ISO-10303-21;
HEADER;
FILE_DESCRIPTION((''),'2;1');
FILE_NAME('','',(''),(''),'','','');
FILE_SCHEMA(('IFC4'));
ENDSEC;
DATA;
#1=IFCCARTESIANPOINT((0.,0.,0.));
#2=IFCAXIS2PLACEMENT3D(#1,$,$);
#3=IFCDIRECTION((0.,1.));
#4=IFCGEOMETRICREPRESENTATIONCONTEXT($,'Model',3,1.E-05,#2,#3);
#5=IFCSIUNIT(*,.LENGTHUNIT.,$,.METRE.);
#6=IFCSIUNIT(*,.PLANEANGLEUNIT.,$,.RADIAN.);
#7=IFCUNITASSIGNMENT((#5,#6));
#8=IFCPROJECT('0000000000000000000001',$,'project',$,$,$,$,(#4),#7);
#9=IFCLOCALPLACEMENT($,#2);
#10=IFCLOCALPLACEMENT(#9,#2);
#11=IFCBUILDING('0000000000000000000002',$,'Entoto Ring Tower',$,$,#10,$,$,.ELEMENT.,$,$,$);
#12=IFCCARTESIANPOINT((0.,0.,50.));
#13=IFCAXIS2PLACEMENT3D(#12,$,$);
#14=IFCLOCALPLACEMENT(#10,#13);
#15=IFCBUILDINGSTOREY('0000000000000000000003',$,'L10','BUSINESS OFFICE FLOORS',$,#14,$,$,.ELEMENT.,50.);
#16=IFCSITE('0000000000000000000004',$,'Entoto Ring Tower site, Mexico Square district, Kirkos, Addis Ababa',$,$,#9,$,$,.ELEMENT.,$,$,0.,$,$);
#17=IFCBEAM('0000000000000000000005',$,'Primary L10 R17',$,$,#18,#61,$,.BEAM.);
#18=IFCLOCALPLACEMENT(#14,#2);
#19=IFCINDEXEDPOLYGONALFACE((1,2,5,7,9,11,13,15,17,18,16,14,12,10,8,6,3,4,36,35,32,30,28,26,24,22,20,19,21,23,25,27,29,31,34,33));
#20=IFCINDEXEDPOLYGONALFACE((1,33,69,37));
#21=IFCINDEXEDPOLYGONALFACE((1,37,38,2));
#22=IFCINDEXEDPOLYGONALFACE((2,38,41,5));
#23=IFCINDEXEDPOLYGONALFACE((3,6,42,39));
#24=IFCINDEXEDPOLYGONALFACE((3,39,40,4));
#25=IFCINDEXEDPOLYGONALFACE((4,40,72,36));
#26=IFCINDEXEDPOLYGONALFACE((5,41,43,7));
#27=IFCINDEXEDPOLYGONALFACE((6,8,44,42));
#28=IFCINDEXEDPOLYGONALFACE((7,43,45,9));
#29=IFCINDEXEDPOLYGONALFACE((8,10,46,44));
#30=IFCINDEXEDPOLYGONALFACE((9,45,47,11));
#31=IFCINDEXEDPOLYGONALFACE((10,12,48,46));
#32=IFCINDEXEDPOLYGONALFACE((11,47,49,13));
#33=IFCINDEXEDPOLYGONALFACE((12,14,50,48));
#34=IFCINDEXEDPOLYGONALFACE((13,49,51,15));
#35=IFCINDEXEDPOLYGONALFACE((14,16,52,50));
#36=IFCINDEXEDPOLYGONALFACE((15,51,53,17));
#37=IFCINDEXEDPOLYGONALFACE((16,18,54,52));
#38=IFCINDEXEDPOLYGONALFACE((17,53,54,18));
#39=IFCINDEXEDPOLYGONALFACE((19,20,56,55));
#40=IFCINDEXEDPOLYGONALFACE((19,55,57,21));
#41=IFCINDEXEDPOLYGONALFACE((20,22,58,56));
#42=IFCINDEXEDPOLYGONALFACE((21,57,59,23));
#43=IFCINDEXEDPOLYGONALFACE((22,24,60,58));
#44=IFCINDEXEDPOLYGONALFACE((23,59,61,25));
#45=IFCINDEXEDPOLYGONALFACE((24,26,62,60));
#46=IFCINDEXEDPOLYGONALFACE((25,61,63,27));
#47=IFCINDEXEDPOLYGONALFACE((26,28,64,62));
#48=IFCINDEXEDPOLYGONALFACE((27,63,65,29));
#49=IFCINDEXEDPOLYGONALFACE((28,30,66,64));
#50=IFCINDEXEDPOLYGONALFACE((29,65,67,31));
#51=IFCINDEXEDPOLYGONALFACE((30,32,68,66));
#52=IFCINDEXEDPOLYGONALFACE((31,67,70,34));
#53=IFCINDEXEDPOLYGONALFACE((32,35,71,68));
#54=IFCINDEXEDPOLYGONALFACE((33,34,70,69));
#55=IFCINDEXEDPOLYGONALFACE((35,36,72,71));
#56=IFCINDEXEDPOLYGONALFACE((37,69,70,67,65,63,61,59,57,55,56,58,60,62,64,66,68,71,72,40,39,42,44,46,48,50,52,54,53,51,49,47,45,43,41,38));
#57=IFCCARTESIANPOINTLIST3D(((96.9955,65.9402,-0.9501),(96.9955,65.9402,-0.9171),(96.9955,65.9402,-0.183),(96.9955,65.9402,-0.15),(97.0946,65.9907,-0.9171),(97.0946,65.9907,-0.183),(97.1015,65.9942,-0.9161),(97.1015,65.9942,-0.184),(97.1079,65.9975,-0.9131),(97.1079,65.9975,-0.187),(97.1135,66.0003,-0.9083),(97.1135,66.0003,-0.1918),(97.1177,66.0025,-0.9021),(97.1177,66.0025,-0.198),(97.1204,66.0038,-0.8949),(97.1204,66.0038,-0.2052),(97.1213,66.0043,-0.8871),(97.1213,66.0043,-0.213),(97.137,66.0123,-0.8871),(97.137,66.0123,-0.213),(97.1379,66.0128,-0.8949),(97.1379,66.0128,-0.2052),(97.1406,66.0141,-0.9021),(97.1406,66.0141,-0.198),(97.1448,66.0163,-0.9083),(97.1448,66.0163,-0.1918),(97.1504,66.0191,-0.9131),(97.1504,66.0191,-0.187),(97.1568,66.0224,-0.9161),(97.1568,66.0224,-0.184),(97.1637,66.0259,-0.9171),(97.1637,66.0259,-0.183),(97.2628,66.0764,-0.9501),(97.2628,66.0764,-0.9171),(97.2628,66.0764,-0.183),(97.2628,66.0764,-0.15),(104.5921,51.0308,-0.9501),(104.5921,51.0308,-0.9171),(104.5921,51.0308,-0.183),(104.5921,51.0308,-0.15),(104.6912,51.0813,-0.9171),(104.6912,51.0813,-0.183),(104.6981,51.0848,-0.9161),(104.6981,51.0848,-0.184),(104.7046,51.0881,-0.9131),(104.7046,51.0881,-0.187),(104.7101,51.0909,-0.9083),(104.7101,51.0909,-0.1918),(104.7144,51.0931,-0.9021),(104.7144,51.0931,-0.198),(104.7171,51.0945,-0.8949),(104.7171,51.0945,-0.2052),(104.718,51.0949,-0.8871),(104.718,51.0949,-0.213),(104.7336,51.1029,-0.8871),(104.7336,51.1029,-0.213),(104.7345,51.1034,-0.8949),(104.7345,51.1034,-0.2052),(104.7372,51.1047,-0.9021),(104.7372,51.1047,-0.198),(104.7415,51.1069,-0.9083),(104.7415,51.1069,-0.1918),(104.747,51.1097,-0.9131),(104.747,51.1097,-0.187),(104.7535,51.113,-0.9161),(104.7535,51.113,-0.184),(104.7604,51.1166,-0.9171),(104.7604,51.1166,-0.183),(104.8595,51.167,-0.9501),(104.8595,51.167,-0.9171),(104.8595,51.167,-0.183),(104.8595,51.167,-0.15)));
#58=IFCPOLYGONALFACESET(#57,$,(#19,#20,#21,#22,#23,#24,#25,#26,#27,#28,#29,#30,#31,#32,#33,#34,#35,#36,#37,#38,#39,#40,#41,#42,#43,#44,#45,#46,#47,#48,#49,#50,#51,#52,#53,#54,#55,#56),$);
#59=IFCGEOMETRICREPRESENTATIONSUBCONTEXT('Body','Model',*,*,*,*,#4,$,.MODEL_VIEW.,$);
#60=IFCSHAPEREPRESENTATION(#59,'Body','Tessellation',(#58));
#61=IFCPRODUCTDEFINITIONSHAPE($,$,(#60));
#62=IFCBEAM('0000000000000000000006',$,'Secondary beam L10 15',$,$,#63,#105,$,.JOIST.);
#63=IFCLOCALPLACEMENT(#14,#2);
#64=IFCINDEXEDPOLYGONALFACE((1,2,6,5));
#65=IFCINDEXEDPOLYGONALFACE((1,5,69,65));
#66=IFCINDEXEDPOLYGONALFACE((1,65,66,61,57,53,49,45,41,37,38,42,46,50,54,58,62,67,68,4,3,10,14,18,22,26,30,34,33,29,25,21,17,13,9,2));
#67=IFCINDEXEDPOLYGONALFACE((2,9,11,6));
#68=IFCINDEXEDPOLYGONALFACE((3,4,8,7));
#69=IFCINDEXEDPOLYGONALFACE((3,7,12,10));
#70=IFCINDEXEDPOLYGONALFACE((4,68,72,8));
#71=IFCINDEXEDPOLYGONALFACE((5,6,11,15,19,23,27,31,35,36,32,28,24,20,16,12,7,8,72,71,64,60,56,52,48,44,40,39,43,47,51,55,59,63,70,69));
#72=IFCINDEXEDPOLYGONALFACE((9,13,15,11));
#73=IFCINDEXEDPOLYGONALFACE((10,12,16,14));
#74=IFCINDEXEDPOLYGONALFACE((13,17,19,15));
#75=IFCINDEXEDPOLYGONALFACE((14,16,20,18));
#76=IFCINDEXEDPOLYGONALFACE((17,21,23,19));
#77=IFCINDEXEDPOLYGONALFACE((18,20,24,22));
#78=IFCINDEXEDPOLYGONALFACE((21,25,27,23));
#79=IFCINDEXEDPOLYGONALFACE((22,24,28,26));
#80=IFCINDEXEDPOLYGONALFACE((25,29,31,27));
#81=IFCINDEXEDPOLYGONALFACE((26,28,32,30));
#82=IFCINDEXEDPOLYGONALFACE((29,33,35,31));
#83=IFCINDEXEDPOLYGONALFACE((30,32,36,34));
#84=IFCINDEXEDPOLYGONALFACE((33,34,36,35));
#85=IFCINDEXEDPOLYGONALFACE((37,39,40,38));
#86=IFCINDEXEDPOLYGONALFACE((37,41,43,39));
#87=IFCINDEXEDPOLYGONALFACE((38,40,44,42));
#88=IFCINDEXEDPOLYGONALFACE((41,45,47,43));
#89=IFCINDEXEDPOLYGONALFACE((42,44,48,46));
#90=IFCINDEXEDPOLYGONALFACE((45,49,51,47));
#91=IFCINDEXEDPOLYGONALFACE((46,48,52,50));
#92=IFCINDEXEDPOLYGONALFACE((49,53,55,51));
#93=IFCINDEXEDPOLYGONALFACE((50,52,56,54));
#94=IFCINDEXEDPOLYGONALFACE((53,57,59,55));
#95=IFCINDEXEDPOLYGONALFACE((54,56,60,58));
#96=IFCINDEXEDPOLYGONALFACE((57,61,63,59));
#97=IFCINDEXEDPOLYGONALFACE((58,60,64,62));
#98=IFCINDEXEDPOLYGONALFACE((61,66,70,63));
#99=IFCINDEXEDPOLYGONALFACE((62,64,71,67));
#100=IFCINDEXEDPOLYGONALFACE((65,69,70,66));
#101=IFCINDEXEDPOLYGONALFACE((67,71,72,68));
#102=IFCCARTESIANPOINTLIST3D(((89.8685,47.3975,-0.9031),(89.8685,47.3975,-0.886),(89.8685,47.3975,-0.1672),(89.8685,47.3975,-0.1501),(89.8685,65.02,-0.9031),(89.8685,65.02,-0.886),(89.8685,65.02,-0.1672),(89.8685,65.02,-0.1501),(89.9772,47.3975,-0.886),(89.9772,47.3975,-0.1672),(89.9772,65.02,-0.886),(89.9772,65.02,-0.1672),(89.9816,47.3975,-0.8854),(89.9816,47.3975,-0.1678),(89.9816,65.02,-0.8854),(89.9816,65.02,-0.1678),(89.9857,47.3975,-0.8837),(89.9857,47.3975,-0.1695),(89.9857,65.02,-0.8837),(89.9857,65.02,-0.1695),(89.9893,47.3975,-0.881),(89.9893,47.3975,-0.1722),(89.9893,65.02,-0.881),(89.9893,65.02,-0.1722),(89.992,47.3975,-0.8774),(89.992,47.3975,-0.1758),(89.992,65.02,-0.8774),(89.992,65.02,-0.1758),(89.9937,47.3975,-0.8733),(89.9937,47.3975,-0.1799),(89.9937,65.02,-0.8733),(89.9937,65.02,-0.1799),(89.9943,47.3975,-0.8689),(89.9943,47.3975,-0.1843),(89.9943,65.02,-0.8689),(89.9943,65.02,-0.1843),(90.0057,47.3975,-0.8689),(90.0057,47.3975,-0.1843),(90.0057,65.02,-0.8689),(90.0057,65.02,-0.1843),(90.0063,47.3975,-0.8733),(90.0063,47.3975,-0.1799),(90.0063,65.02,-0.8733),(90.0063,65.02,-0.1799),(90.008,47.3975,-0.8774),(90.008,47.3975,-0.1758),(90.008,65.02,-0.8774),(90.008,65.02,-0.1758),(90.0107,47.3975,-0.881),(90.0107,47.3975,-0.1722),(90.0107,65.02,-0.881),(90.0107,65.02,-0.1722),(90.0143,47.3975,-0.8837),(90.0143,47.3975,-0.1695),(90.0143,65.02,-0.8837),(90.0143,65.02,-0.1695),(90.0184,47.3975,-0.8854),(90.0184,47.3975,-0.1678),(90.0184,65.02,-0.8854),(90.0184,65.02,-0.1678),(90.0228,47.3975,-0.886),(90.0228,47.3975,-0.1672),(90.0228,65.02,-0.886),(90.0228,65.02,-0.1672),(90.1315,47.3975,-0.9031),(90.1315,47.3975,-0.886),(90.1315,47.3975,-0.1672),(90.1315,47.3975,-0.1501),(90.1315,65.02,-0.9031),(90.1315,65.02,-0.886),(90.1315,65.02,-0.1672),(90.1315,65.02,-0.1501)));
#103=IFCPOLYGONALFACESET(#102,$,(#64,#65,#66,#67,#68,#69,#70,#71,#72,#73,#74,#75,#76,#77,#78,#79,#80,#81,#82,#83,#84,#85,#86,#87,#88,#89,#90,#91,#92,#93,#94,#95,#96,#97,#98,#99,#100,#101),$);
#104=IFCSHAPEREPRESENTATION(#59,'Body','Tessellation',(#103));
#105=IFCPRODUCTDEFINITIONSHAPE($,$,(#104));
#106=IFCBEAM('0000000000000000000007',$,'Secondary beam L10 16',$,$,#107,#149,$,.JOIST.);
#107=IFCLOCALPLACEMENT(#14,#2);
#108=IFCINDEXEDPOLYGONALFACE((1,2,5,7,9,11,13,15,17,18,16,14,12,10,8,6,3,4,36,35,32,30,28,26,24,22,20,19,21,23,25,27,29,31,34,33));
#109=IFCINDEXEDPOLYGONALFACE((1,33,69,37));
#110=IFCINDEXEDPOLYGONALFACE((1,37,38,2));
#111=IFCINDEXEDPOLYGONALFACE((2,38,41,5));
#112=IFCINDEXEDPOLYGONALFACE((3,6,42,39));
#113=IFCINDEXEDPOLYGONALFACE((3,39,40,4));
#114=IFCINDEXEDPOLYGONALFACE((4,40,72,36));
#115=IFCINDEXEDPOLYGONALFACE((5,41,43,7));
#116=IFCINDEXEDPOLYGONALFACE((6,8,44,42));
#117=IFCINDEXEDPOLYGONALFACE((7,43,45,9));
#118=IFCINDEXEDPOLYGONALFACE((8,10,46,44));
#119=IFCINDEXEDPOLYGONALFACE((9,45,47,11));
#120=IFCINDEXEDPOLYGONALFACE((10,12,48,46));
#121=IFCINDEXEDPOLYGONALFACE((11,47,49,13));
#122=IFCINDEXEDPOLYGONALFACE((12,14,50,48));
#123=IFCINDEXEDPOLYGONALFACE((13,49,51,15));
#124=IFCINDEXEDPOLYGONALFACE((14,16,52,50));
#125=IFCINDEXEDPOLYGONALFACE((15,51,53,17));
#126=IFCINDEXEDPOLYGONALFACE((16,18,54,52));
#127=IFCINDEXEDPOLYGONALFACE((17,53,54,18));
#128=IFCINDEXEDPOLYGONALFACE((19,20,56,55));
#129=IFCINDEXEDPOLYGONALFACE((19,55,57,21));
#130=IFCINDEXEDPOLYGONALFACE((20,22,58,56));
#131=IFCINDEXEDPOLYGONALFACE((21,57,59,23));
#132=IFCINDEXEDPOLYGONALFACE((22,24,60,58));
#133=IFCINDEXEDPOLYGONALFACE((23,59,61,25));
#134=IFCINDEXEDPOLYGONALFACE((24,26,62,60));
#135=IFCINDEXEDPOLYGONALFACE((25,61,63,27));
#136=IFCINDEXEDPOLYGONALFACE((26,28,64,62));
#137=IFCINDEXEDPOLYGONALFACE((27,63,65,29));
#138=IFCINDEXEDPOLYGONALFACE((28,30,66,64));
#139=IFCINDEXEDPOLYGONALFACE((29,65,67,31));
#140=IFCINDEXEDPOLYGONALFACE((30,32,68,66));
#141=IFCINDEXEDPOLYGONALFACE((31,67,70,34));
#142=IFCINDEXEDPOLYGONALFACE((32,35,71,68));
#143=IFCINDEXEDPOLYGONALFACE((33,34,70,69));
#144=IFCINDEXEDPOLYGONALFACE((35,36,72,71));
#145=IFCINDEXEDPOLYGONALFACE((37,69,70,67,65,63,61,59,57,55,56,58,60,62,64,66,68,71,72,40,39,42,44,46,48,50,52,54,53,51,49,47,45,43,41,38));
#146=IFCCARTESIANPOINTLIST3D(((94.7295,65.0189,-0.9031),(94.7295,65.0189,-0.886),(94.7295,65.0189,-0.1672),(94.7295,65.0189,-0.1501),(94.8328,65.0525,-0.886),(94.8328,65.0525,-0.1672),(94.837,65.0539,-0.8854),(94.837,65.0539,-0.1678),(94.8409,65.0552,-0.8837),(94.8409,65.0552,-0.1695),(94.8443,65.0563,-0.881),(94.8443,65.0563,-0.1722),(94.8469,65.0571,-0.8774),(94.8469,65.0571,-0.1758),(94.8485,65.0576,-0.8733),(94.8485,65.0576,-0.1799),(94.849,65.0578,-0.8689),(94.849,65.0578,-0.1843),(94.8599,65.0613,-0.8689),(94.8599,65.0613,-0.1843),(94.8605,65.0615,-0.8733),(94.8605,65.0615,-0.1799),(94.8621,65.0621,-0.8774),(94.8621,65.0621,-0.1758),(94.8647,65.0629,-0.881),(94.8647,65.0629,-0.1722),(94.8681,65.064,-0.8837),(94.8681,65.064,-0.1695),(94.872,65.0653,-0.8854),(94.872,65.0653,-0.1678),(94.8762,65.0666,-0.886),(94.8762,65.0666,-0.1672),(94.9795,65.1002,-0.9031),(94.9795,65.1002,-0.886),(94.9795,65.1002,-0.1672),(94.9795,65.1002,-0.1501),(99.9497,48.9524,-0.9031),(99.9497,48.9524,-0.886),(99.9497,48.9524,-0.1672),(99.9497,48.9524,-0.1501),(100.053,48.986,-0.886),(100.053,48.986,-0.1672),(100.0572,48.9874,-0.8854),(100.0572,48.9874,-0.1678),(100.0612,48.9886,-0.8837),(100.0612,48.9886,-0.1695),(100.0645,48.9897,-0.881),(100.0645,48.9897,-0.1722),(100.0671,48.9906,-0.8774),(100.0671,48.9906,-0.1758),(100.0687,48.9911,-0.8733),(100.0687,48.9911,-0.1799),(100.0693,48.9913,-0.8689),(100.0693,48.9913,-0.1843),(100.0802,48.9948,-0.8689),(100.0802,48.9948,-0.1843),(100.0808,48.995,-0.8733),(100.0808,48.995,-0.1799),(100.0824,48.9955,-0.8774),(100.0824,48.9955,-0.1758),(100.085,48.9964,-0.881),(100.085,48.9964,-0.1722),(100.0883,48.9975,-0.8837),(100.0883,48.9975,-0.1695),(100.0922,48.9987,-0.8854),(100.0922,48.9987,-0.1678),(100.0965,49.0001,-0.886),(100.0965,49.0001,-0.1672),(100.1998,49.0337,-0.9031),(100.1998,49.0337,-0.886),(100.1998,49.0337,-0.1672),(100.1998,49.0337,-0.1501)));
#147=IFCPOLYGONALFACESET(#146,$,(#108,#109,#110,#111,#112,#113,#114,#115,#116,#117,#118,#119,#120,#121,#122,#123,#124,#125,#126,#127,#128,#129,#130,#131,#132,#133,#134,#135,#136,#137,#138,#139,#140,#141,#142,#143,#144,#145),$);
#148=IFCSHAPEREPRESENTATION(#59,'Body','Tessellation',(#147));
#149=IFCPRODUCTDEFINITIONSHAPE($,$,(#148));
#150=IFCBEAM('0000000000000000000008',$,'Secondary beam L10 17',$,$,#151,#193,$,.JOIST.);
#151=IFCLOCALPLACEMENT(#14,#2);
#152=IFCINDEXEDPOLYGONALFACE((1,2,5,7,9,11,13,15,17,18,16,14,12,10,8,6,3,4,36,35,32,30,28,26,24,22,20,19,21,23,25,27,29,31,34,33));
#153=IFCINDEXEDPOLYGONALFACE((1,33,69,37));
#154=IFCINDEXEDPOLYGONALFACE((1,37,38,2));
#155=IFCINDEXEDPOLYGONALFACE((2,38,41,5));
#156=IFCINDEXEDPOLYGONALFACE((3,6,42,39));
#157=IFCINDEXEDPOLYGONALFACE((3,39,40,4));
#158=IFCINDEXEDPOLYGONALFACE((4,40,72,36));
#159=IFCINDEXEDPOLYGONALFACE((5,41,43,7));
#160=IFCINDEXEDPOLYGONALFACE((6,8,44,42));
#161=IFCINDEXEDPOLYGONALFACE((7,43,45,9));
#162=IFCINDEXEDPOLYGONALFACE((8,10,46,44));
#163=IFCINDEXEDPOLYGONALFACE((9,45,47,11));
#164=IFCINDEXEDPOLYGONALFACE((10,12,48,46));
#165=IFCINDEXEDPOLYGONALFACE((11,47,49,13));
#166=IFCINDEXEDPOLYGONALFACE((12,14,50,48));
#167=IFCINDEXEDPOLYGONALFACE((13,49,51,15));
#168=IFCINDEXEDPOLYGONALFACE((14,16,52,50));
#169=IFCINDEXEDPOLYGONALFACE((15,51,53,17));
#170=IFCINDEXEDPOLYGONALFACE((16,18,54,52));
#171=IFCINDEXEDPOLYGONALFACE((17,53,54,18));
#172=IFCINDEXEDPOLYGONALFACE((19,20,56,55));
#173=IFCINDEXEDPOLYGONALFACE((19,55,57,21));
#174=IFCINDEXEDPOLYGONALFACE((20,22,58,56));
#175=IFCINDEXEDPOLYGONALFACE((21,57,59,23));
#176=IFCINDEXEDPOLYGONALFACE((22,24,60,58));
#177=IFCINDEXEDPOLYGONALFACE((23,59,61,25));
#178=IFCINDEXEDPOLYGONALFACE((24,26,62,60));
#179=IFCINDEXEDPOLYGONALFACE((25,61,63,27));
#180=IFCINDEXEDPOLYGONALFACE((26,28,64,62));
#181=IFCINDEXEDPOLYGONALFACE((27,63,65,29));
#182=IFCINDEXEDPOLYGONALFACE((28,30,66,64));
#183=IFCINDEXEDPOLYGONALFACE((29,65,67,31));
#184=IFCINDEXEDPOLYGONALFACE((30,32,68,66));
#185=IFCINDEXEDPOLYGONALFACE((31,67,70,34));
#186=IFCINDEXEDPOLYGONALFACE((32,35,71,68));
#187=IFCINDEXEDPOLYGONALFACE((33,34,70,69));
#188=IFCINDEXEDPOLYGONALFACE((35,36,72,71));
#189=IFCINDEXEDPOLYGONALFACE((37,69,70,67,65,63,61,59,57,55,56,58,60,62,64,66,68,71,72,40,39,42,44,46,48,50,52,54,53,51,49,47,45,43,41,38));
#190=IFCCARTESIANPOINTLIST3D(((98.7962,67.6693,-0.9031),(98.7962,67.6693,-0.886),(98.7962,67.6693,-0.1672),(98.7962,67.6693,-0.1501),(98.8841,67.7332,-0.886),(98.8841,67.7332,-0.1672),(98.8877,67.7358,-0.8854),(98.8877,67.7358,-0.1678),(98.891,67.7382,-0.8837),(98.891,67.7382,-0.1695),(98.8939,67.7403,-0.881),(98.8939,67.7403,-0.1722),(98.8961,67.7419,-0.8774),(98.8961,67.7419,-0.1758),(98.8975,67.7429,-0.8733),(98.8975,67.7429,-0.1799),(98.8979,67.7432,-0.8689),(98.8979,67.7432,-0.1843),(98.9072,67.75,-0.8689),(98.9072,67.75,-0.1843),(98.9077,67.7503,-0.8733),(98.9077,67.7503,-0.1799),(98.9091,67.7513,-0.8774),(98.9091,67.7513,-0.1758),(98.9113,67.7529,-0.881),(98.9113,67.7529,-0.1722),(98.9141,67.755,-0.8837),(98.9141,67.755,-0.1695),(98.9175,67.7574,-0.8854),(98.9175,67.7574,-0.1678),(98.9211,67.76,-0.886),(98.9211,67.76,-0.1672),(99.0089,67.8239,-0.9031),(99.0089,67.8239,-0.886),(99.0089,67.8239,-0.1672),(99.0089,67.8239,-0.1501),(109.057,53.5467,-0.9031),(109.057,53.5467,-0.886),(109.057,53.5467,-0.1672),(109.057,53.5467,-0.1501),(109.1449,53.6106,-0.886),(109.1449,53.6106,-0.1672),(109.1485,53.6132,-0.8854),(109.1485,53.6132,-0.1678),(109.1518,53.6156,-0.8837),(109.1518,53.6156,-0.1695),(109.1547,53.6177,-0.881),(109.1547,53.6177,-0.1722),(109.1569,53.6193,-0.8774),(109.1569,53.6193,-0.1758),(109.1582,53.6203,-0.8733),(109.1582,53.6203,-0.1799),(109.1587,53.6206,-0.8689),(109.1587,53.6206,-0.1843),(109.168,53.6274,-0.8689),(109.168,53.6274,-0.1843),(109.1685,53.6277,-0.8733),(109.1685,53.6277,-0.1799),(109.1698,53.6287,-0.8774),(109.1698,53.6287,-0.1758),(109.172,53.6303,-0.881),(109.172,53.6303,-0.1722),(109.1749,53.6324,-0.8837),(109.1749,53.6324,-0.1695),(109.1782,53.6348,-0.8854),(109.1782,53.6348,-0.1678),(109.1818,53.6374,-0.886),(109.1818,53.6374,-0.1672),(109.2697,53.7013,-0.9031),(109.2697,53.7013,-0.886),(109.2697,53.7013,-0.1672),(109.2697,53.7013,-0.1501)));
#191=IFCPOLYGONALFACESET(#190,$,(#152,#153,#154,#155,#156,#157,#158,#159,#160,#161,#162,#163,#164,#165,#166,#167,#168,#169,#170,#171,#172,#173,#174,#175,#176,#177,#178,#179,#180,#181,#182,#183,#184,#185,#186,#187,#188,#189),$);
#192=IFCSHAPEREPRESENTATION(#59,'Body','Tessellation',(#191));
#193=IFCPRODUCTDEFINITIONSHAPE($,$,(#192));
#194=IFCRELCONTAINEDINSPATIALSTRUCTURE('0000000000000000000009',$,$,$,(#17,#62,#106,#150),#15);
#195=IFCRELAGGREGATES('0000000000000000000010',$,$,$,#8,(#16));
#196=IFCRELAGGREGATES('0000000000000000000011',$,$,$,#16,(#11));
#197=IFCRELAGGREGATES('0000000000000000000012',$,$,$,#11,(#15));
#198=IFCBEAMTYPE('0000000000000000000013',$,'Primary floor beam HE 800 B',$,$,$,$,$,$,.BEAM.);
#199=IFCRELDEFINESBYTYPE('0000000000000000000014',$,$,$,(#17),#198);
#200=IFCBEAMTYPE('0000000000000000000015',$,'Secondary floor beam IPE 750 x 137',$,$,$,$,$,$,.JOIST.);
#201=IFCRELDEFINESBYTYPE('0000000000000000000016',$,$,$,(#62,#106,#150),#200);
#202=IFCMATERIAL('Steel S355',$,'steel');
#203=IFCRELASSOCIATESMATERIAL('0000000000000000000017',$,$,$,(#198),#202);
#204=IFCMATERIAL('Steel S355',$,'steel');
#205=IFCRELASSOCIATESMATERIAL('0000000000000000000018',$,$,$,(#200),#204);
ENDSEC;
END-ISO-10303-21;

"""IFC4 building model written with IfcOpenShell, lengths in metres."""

from ifc_helpers import new_model, si_unit, direction, frame, origin, origin_2d, place, context, subcontext, project, spatial, i_section, extrude, material, material_profile, profile_set, type_object, element, save


model = new_model("IFC4")

# Units and contexts
model_context = context("Model", 3, precision=1e-05, world=origin(), true_north=direction((0.0, 1.0)))
body_context = subcontext(model_context, "Body", "Model", "MODEL_VIEW")
ifc_project = project(units=[si_unit("LENGTHUNIT", "METRE"), si_unit("PLANEANGLEUNIT", "RADIAN")], contexts=[model_context])

# Site, building, storey
site_placement = place(None, origin())
site = spatial("IfcSite", under=ifc_project, at=site_placement, Name="Entoto Ring Tower site, Mexico Square district, Kirkos, Addis Ababa", CompositionType="ELEMENT", RefElevation=0.0)
building_placement = place(site_placement, origin())
building = spatial("IfcBuilding", under=site, at=building_placement, Name="Entoto Ring Tower", CompositionType="ELEMENT")
storey_placement = place(building_placement, frame((0.0, 0.0, 50.0)))
storey = spatial("IfcBuildingStorey", under=building, at=storey_placement, Name="L10", Description="BUSINESS OFFICE FLOORS", CompositionType="ELEMENT", Elevation=50.0)

# Beams
ifc_material_1 = material(Name="Steel S355", Category="steel")
ifc_material_profile_1 = material_profile(ifc_material_1, i_section(OverallWidth=0.3, OverallDepth=0.8, WebThickness=0.0176, FlangeThickness=0.033, FilletRadius=0.03, at=origin_2d()), Name="HE 800 B")
ifc_profile_set_1 = profile_set([ifc_material_profile_1], Name="Steel S355")
beam_type_1 = type_object("IfcBeamType", Name="Primary floor beam HE 800 B", PredefinedType="BEAM", material=ifc_profile_set_1)
beam_1_placement = place(storey_placement, frame((97.1292, 66.0083, -0.55), z_axis=(0.453988, -0.891008, 0.0), x_axis=(0.891008, 0.453988, 0.0)))
element("IfcBeam", 1, at=beam_1_placement, inside=storey, type_object=beam_type_1, Name="Primary L10 R17", PredefinedType="BEAM", context=body_context, shape_type="SweptSolid", body=[
    extrude(i_section(OverallWidth=0.3, OverallDepth=0.8, WebThickness=0.0176, FlangeThickness=0.033, FilletRadius=0.03, at=origin_2d()), origin(), (0.0, 0.0, 1.0), 16.7332),
])
ifc_material_2 = material(Name="Steel S355", Category="steel")
ifc_material_profile_2 = material_profile(ifc_material_2, i_section(OverallWidth=0.2629, OverallDepth=0.7529, WebThickness=0.0115, FlangeThickness=0.0171, FilletRadius=0.0171, at=origin_2d()), Name="IPE 750 x 137")
ifc_profile_set_2 = profile_set([ifc_material_profile_2], Name="Steel S355")
beam_type_2 = type_object("IfcBeamType", Name="Secondary floor beam IPE 750 x 137", PredefinedType="JOIST", material=ifc_profile_set_2)
beam_2_placement = place(storey_placement, frame((90.0, 65.02, -0.5266), z_axis=(0.0, -1.0, 0.0), x_axis=(1.0, 0.0, 0.0)))
element("IfcBeam", 2, at=beam_2_placement, inside=storey, type_object=beam_type_2, Name="Secondary beam L10 15", PredefinedType="JOIST", context=body_context, shape_type="SweptSolid", body=[
    extrude(i_section(OverallWidth=0.2629, OverallDepth=0.7529, WebThickness=0.0115, FlangeThickness=0.0171, FilletRadius=0.0171, at=origin_2d()), origin(), (0.0, 0.0, 1.0), 17.6226),
])
beam_3_placement = place(storey_placement, frame((94.8545, 65.0596, -0.5266), z_axis=(0.309013, -0.951058, 0.0), x_axis=(0.951058, 0.309013, 0.0)))
element("IfcBeam", 3, at=beam_3_placement, inside=storey, type_object=beam_type_2, Name="Secondary beam L10 16", PredefinedType="JOIST", context=body_context, shape_type="SweptSolid", body=[
    extrude(i_section(OverallWidth=0.2629, OverallDepth=0.7529, WebThickness=0.0115, FlangeThickness=0.0171, FilletRadius=0.0171, at=origin_2d()), origin(), (0.0, 0.0, 1.0), 16.8933),
])
beam_4_placement = place(storey_placement, frame((98.9026, 67.7466, -0.5266), z_axis=(0.587789, -0.809014, 0.0), x_axis=(0.809014, 0.587789, 0.0)))
element("IfcBeam", 4, at=beam_4_placement, inside=storey, type_object=beam_type_2, Name="Secondary beam L10 17", PredefinedType="JOIST", context=body_context, shape_type="SweptSolid", body=[
    extrude(i_section(OverallWidth=0.2629, OverallDepth=0.7529, WebThickness=0.0115, FlangeThickness=0.0171, FilletRadius=0.0171, at=origin_2d()), origin(), (0.0, 0.0, 1.0), 17.4565),
])

save(model, "model.ifc")
